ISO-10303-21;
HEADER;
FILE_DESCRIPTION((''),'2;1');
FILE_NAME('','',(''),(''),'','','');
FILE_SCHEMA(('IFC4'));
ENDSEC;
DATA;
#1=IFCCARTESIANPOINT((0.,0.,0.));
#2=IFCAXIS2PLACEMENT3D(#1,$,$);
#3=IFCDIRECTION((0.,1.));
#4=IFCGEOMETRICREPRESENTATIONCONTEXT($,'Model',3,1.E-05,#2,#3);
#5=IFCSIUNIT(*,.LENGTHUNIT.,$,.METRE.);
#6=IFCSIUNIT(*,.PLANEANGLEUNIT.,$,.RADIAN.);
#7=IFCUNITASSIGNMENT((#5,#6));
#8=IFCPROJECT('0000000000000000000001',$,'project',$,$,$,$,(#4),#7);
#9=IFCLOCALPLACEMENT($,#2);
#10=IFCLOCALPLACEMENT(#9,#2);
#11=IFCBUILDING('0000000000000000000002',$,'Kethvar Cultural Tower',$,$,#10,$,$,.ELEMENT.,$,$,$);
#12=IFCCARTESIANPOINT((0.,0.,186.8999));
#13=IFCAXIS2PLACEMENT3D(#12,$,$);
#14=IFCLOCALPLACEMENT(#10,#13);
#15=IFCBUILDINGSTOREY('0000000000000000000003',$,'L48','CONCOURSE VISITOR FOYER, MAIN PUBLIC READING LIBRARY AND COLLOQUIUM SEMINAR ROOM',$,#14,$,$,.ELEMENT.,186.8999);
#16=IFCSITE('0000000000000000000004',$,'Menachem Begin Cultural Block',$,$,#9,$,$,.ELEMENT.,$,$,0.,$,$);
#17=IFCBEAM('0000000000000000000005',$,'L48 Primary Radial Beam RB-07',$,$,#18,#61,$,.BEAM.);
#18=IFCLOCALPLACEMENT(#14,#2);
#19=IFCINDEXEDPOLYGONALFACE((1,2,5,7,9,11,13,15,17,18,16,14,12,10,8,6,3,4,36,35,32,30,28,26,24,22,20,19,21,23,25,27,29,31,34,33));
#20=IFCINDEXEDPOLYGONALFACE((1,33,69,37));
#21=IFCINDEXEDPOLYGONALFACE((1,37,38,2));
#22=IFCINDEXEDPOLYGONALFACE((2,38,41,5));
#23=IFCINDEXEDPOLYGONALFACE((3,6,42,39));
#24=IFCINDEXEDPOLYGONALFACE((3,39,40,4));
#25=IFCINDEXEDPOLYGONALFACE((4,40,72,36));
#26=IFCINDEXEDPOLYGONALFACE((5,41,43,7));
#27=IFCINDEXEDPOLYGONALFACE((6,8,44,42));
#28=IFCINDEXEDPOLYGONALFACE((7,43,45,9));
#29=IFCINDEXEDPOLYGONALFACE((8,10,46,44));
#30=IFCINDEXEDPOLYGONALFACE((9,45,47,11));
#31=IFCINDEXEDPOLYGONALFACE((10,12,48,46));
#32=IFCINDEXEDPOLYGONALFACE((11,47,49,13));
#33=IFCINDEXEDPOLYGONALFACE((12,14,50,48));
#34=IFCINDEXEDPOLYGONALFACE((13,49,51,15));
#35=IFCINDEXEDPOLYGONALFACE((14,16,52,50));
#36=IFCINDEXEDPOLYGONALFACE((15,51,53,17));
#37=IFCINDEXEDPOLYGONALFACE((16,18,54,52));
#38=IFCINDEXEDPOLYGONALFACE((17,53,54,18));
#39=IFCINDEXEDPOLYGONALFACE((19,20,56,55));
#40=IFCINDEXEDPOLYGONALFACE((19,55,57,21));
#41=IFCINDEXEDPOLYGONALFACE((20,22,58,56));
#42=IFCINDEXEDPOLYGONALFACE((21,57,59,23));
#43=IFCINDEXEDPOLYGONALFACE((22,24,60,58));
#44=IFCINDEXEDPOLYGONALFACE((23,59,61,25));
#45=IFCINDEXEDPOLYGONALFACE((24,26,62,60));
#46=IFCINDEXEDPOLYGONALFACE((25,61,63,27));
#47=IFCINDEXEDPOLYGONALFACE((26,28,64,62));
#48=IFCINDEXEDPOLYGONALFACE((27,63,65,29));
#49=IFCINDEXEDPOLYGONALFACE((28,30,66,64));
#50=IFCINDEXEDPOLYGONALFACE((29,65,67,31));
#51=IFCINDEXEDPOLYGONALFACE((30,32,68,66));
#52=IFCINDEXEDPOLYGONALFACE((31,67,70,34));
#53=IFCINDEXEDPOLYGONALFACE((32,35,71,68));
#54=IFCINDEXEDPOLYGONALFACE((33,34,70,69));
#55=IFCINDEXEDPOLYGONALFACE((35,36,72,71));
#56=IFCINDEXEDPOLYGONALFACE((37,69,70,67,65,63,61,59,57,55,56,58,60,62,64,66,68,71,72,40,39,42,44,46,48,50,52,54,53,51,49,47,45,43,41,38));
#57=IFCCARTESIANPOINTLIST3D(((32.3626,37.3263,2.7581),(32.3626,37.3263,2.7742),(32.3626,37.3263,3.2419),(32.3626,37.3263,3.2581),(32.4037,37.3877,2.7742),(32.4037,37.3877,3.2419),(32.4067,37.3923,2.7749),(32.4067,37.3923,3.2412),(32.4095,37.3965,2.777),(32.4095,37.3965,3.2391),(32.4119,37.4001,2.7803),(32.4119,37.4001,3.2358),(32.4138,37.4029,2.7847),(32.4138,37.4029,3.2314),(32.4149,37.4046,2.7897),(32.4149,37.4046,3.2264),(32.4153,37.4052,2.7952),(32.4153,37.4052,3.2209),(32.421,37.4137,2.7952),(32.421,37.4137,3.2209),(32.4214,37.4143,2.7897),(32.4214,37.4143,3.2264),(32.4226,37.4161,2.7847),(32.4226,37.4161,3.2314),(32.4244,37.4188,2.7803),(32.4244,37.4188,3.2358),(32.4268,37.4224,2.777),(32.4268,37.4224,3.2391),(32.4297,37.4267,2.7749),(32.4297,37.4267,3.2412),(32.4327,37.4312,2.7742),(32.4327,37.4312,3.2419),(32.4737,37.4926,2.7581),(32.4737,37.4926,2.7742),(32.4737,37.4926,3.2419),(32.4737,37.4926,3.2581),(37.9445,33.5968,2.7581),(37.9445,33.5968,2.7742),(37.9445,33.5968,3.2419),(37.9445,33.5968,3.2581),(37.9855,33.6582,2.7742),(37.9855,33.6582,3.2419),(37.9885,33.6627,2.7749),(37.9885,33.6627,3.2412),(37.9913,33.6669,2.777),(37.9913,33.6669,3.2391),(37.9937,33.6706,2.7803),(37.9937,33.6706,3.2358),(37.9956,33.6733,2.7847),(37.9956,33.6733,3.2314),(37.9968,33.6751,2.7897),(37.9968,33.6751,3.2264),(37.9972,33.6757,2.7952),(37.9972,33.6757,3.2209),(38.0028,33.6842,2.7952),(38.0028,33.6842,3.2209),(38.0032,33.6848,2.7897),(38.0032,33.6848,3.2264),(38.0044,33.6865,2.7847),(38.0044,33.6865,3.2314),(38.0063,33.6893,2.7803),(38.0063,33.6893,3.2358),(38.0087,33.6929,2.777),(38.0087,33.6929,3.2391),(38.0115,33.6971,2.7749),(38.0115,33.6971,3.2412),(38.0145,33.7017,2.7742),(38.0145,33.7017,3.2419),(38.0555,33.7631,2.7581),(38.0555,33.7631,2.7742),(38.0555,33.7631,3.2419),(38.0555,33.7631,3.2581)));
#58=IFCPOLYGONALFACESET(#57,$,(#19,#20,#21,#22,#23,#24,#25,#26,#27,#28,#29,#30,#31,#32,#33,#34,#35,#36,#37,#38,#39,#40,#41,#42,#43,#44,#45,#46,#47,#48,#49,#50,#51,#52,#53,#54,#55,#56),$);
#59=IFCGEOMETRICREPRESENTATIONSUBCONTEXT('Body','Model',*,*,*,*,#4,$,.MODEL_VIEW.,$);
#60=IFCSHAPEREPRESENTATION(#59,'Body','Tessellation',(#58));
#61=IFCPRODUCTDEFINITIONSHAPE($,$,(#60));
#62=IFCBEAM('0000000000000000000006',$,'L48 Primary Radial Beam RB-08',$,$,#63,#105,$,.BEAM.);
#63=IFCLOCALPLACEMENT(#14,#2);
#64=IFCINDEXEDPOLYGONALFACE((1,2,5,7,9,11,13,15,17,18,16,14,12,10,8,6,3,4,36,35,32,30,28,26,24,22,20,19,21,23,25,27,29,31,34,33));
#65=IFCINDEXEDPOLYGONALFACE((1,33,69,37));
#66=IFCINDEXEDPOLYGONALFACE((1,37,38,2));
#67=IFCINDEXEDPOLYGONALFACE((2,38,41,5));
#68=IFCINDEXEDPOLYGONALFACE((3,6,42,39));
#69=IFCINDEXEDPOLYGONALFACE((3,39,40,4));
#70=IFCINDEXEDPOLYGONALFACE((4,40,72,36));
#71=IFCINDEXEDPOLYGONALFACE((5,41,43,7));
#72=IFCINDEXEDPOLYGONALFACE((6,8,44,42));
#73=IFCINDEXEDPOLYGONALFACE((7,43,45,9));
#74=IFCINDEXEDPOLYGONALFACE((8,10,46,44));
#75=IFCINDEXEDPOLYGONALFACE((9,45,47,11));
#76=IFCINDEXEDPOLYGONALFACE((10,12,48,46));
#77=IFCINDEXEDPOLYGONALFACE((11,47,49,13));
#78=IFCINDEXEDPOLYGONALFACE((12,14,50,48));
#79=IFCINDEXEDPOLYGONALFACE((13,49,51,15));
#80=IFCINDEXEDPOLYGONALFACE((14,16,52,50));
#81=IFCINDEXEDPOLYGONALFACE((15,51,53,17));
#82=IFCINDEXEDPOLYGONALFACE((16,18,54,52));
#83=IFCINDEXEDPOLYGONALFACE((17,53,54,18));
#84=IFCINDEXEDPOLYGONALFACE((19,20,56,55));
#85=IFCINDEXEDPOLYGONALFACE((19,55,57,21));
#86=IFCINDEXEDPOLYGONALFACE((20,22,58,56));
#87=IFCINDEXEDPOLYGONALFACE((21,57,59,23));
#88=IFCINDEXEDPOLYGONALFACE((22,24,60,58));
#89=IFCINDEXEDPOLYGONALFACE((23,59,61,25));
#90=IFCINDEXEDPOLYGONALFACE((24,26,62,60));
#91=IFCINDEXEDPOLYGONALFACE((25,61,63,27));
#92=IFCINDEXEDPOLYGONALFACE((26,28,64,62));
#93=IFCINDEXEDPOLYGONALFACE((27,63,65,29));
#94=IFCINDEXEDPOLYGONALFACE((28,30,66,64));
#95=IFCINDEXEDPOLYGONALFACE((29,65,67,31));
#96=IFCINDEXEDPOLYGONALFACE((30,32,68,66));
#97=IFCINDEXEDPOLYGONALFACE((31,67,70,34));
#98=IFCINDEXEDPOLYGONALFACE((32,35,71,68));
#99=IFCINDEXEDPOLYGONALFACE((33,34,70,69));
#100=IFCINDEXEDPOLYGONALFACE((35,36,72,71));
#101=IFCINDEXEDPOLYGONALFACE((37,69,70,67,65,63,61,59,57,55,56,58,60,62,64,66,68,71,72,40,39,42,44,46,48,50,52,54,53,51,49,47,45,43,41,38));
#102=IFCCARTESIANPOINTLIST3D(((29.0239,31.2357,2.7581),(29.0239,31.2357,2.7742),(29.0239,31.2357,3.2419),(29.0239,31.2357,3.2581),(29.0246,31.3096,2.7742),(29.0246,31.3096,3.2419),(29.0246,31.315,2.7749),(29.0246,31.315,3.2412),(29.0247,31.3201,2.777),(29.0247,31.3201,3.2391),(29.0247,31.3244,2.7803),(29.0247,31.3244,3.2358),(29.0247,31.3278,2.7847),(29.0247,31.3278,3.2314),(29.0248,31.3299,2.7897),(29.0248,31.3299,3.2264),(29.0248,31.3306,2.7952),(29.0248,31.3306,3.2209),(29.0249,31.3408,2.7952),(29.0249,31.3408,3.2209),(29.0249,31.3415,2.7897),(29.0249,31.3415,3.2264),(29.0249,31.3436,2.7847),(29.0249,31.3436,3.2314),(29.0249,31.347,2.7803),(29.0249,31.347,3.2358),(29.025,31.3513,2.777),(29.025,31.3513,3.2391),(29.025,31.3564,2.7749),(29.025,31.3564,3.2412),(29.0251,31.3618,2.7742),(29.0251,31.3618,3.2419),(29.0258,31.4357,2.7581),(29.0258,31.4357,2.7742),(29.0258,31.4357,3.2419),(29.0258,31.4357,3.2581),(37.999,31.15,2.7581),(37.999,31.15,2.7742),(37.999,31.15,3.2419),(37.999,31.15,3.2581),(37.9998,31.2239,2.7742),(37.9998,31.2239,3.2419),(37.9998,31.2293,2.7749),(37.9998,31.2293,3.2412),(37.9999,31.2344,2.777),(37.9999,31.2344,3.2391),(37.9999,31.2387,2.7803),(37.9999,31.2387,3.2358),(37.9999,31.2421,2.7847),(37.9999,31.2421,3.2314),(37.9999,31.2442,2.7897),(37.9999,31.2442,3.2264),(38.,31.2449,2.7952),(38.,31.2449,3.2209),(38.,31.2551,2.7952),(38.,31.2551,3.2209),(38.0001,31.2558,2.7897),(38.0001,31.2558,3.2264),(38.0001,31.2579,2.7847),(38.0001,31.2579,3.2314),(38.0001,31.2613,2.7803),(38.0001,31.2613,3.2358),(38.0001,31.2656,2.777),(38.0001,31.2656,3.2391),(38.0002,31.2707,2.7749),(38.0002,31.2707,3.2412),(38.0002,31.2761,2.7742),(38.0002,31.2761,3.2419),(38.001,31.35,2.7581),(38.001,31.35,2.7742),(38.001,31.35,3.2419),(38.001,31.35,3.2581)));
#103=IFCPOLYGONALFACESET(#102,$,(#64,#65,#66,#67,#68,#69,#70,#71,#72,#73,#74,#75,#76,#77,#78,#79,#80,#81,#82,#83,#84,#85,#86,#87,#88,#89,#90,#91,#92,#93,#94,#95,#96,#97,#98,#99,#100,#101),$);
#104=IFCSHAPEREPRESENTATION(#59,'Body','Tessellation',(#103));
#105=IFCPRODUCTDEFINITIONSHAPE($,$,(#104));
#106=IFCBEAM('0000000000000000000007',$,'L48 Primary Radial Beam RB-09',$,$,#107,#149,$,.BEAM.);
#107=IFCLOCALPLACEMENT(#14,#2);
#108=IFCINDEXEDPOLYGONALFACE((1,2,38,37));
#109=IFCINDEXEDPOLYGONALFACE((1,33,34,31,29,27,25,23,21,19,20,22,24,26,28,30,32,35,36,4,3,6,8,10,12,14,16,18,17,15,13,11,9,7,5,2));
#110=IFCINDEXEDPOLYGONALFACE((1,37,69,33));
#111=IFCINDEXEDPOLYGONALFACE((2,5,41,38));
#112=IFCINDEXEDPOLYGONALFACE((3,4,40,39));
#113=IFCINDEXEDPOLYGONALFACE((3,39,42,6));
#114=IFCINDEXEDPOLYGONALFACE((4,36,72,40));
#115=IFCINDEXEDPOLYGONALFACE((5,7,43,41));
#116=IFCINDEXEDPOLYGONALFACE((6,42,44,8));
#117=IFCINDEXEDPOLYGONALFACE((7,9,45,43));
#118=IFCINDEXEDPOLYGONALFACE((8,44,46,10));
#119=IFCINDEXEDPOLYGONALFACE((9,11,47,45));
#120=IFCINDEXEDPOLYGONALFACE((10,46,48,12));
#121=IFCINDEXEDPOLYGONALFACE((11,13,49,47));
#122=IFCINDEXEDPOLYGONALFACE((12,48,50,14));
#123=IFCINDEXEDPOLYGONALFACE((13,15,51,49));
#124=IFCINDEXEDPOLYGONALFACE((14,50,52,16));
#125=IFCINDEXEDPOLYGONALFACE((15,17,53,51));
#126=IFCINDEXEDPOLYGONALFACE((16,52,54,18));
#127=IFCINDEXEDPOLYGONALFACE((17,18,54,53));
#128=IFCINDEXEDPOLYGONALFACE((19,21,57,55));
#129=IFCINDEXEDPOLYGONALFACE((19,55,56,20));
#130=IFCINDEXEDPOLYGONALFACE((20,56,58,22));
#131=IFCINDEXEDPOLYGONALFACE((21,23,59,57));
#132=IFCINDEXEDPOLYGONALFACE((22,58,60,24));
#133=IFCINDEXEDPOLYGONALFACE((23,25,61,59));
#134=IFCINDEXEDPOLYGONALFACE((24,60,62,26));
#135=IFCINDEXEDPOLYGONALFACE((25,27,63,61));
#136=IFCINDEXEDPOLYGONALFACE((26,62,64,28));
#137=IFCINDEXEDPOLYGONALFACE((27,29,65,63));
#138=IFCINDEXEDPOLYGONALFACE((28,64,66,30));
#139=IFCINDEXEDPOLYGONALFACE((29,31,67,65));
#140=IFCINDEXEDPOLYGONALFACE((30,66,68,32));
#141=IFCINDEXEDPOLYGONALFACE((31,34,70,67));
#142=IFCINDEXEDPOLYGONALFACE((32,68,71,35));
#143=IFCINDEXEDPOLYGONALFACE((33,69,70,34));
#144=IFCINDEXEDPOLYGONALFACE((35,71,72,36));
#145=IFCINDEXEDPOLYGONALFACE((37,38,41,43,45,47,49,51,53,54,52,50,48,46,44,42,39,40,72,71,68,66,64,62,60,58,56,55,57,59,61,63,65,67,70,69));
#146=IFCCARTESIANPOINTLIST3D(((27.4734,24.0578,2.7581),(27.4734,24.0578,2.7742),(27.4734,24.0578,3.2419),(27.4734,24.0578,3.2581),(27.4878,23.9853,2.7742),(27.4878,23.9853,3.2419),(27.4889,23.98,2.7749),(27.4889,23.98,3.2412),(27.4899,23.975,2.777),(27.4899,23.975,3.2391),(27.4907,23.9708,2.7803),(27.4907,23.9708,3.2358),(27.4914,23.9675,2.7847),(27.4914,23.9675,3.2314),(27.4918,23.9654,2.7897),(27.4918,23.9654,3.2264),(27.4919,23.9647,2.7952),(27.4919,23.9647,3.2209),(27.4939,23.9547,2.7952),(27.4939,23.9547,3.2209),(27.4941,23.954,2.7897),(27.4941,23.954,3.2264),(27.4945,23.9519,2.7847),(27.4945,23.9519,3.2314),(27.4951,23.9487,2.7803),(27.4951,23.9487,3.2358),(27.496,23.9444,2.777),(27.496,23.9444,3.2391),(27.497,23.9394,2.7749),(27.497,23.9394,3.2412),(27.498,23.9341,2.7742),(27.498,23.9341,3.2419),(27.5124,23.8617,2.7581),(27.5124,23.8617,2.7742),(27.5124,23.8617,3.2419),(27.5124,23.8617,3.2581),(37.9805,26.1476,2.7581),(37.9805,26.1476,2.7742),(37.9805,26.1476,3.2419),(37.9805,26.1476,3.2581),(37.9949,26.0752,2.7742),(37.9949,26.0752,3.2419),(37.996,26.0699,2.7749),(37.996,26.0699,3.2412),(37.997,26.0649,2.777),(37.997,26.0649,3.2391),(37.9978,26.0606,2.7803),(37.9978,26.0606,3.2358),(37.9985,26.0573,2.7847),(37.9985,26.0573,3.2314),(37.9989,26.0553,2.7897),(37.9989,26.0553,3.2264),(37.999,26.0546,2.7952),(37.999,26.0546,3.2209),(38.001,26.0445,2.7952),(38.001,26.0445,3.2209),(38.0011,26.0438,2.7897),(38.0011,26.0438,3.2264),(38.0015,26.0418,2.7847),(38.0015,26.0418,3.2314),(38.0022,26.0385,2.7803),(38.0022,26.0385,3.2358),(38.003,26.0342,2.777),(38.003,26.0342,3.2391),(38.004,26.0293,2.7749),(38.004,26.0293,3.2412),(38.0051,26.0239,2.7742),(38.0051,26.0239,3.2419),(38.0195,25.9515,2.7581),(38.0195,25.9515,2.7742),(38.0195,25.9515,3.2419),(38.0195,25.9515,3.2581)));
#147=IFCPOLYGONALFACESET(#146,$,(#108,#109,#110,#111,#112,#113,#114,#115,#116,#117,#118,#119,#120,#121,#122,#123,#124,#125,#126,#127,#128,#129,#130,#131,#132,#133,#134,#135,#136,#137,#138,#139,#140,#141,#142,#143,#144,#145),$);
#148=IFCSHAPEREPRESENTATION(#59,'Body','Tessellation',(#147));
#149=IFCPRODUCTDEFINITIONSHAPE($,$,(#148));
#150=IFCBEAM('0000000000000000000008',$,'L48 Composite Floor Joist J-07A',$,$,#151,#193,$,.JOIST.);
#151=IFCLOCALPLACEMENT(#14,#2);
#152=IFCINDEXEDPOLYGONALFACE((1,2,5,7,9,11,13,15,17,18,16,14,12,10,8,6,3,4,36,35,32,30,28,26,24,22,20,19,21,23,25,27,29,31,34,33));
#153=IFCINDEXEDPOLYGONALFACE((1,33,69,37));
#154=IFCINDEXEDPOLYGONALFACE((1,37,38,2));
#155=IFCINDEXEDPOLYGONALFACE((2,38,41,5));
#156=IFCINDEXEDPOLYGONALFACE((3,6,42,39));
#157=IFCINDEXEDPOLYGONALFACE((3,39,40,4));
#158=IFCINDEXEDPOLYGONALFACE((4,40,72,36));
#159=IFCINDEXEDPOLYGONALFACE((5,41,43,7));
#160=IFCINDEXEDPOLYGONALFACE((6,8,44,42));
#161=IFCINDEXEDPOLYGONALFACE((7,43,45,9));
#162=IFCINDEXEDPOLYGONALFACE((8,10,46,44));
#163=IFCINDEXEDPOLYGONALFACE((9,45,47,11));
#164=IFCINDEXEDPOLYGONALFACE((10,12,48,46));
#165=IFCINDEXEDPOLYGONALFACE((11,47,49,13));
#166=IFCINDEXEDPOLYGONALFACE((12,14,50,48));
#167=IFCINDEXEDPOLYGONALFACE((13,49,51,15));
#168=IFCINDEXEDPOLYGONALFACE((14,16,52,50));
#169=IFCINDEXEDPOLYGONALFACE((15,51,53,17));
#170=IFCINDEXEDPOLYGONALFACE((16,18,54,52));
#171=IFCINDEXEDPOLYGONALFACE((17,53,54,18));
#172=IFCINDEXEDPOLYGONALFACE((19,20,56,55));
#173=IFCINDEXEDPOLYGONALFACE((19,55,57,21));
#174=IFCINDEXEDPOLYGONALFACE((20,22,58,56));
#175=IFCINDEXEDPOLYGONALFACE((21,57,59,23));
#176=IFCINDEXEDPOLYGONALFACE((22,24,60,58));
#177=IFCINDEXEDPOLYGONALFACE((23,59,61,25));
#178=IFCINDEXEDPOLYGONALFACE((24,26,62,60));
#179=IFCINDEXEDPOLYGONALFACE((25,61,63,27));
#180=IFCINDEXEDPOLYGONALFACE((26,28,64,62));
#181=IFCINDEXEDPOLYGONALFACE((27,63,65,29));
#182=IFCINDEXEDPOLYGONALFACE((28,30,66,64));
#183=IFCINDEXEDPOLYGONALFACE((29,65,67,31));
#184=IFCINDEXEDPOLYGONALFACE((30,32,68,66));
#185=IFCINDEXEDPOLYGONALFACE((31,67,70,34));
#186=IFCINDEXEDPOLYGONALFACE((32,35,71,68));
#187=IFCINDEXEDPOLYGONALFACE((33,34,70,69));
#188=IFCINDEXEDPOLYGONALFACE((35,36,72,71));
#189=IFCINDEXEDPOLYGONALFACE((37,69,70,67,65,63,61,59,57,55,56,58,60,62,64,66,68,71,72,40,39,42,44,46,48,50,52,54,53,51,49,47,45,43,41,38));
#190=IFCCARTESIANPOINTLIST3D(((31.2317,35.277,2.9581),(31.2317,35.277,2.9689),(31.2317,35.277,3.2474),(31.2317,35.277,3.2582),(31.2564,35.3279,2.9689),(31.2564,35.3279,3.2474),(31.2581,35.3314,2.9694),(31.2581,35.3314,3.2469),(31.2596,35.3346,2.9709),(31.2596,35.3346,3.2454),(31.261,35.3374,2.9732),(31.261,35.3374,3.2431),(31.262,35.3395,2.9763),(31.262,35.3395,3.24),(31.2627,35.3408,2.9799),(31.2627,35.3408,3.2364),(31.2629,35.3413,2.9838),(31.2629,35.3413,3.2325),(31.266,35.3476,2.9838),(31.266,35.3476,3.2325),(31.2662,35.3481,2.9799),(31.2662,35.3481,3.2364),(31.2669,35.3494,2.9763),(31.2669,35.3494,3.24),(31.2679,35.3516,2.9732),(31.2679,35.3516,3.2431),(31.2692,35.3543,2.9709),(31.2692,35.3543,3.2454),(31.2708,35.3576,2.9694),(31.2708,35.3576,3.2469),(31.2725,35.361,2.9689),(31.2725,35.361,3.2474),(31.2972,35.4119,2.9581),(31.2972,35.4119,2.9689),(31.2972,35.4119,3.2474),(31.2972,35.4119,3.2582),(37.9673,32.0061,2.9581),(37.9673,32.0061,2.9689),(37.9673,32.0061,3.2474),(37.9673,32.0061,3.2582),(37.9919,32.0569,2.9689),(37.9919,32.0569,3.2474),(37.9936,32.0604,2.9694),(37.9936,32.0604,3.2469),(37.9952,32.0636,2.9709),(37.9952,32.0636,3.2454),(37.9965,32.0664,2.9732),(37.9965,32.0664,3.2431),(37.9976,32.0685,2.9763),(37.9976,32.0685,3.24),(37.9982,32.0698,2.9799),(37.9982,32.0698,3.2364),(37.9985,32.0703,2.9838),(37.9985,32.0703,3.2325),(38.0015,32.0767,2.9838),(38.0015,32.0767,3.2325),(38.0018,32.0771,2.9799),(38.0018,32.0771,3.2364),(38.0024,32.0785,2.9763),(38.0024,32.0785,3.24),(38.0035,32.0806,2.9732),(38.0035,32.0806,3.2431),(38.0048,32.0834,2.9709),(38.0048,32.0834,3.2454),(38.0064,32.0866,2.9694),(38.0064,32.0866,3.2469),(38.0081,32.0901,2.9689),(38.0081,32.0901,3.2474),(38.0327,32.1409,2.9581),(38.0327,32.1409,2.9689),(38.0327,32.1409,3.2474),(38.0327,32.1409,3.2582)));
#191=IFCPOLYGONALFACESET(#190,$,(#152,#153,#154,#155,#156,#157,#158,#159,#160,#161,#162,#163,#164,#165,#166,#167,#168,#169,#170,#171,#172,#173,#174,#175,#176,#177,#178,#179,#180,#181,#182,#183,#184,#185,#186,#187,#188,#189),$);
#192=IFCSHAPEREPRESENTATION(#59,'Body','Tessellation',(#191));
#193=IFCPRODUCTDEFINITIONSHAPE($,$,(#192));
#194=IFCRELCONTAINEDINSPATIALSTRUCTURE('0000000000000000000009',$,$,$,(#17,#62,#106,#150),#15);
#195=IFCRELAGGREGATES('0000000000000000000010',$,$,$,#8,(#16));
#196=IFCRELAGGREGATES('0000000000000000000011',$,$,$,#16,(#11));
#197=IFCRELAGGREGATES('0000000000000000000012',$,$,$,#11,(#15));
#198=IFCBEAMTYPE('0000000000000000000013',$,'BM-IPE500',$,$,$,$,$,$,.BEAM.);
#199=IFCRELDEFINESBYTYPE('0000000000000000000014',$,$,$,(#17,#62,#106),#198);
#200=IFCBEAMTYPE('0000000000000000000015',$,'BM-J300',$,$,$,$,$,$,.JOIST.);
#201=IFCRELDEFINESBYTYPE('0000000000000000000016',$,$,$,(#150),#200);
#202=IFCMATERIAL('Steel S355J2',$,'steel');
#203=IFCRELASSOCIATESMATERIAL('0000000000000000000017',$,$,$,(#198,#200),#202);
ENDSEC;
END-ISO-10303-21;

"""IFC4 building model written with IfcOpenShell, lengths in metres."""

from ifc_helpers import new_model, si_unit, direction, frame, origin, origin_2d, place, context, subcontext, project, spatial, i_section, extrude, source, transform, mapped, material, material_profile, profile_set, type_object, element, save


model = new_model("IFC4")

# Units and contexts
model_context = context("Model", 3, precision=1e-05, world=origin(), true_north=direction((0.0, 1.0)))
body_context = subcontext(model_context, "Body", "Model", "MODEL_VIEW")
ifc_project = project(units=[si_unit("LENGTHUNIT", "METRE"), si_unit("PLANEANGLEUNIT", "RADIAN")], contexts=[model_context])

# Site, building, storey
site_placement = place(None, origin())
site = spatial("IfcSite", under=ifc_project, at=site_placement, Name="Menachem Begin Cultural Block", CompositionType="ELEMENT", RefElevation=0.0)
building_placement = place(site_placement, origin())
building = spatial("IfcBuilding", under=site, at=building_placement, Name="Kethvar Cultural Tower", CompositionType="ELEMENT")
storey_placement = place(building_placement, frame((0.0, 0.0, 186.8999)))
storey = spatial("IfcBuildingStorey", under=building, at=storey_placement, Name="L48", Description="CONCOURSE VISITOR FOYER, MAIN PUBLIC READING LIBRARY AND COLLOQUIUM SEMINAR ROOM", CompositionType="ELEMENT", Elevation=186.8999)

# Beams
ifc_material_1 = material(Name="Steel S355J2", Category="steel")
ifc_material_profile_1 = material_profile(ifc_material_1, i_section(OverallWidth=0.2, OverallDepth=0.5, WebThickness=0.0103, FlangeThickness=0.0161, FilletRadius=0.021, at=origin_2d()), Name="Steel S355J2 — IPE500")
ifc_profile_set_1 = profile_set([ifc_material_profile_1], Name="Steel S355J2 — IPE500")
beam_type_1 = type_object("IfcBeamType", Name="BM-IPE500", PredefinedType="BEAM", material=ifc_profile_set_1)
shared_shape_1 = source(origin(), body_context, "Body", "SweptSolid", [
    extrude(i_section(OverallWidth=0.2, OverallDepth=0.5, WebThickness=0.0103, FlangeThickness=0.0161, FilletRadius=0.021, at=origin_2d()), origin(), (0.0, 0.0, 1.0), 6.7131),
])
beam_1_placement = place(storey_placement, frame((38.0, 33.6799, 3.0081), z_axis=(-0.831479, 0.555556, 0.0), x_axis=(-0.555556, -0.831479, 0.0)))
element("IfcBeam", 1, at=beam_1_placement, inside=storey, type_object=beam_type_1, Name="L48 Primary Radial Beam RB-07", PredefinedType="BEAM", context=body_context, shape_type="MappedRepresentation", body=[
    mapped(shared_shape_1, transform((0.0, 0.0, 0.0), scale=1.0)),
])
shared_shape_2 = source(origin(), body_context, "Body", "SweptSolid", [
    extrude(i_section(OverallWidth=0.2, OverallDepth=0.5, WebThickness=0.0103, FlangeThickness=0.0161, FilletRadius=0.021, at=origin_2d()), origin(), (0.0, 0.0, 1.0), 8.9756),
])
beam_2_placement = place(storey_placement, frame((38.0, 31.25, 3.0081), z_axis=(-0.999954, 0.009547, 0.0), x_axis=(-0.009547, -0.999954, 0.0)))
element("IfcBeam", 2, at=beam_2_placement, inside=storey, type_object=beam_type_1, Name="L48 Primary Radial Beam RB-08", PredefinedType="BEAM", context=body_context, shape_type="MappedRepresentation", body=[
    mapped(shared_shape_2, transform((0.0, 0.0, 0.0), scale=1.0)),
])
shared_shape_3 = source(origin(), body_context, "Body", "SweptSolid", [
    extrude(i_section(OverallWidth=0.2, OverallDepth=0.5, WebThickness=0.0103, FlangeThickness=0.0161, FilletRadius=0.021, at=origin_2d()), origin(), (0.0, 0.0, 1.0), 10.7129),
])
beam_3_placement = place(storey_placement, frame((38.0, 26.0496, 3.0081), z_axis=(-0.980788, -0.195077, 0.0), x_axis=(0.195077, -0.980788, 0.0)))
element("IfcBeam", 3, at=beam_3_placement, inside=storey, type_object=beam_type_1, Name="L48 Primary Radial Beam RB-09", PredefinedType="BEAM", context=body_context, shape_type="MappedRepresentation", body=[
    mapped(shared_shape_3, transform((0.0, 0.0, 0.0), scale=1.0)),
])
ifc_material_profile_2 = material_profile(ifc_material_1, i_section(OverallWidth=0.1499, OverallDepth=0.3, WebThickness=0.0071, FlangeThickness=0.0107, FilletRadius=0.0149, at=origin_2d()), Name="Steel S355J2 — IPE300")
ifc_profile_set_2 = profile_set([ifc_material_profile_2], Name="Steel S355J2 — IPE300")
beam_type_2 = type_object("IfcBeamType", Name="BM-J300", PredefinedType="JOIST", material=ifc_profile_set_2)
shared_shape_4 = source(origin(), body_context, "Body", "SweptSolid", [
    extrude(i_section(OverallWidth=0.1499, OverallDepth=0.3, WebThickness=0.0071, FlangeThickness=0.0107, FilletRadius=0.0149, at=origin_2d()), origin(), (0.0, 0.0, 1.0), 7.4878),
])
beam_4_placement = place(storey_placement, frame((38.0, 32.0735, 3.1082), z_axis=(-0.899539, 0.436841, 0.0), x_axis=(-0.436841, -0.899539, 0.0)))
element("IfcBeam", 4, at=beam_4_placement, inside=storey, type_object=beam_type_2, Name="L48 Composite Floor Joist J-07A", PredefinedType="JOIST", context=body_context, shape_type="MappedRepresentation", body=[
    mapped(shared_shape_4, transform((0.0, 0.0, 0.0), scale=1.0)),
])

save(model, "model.ifc")
